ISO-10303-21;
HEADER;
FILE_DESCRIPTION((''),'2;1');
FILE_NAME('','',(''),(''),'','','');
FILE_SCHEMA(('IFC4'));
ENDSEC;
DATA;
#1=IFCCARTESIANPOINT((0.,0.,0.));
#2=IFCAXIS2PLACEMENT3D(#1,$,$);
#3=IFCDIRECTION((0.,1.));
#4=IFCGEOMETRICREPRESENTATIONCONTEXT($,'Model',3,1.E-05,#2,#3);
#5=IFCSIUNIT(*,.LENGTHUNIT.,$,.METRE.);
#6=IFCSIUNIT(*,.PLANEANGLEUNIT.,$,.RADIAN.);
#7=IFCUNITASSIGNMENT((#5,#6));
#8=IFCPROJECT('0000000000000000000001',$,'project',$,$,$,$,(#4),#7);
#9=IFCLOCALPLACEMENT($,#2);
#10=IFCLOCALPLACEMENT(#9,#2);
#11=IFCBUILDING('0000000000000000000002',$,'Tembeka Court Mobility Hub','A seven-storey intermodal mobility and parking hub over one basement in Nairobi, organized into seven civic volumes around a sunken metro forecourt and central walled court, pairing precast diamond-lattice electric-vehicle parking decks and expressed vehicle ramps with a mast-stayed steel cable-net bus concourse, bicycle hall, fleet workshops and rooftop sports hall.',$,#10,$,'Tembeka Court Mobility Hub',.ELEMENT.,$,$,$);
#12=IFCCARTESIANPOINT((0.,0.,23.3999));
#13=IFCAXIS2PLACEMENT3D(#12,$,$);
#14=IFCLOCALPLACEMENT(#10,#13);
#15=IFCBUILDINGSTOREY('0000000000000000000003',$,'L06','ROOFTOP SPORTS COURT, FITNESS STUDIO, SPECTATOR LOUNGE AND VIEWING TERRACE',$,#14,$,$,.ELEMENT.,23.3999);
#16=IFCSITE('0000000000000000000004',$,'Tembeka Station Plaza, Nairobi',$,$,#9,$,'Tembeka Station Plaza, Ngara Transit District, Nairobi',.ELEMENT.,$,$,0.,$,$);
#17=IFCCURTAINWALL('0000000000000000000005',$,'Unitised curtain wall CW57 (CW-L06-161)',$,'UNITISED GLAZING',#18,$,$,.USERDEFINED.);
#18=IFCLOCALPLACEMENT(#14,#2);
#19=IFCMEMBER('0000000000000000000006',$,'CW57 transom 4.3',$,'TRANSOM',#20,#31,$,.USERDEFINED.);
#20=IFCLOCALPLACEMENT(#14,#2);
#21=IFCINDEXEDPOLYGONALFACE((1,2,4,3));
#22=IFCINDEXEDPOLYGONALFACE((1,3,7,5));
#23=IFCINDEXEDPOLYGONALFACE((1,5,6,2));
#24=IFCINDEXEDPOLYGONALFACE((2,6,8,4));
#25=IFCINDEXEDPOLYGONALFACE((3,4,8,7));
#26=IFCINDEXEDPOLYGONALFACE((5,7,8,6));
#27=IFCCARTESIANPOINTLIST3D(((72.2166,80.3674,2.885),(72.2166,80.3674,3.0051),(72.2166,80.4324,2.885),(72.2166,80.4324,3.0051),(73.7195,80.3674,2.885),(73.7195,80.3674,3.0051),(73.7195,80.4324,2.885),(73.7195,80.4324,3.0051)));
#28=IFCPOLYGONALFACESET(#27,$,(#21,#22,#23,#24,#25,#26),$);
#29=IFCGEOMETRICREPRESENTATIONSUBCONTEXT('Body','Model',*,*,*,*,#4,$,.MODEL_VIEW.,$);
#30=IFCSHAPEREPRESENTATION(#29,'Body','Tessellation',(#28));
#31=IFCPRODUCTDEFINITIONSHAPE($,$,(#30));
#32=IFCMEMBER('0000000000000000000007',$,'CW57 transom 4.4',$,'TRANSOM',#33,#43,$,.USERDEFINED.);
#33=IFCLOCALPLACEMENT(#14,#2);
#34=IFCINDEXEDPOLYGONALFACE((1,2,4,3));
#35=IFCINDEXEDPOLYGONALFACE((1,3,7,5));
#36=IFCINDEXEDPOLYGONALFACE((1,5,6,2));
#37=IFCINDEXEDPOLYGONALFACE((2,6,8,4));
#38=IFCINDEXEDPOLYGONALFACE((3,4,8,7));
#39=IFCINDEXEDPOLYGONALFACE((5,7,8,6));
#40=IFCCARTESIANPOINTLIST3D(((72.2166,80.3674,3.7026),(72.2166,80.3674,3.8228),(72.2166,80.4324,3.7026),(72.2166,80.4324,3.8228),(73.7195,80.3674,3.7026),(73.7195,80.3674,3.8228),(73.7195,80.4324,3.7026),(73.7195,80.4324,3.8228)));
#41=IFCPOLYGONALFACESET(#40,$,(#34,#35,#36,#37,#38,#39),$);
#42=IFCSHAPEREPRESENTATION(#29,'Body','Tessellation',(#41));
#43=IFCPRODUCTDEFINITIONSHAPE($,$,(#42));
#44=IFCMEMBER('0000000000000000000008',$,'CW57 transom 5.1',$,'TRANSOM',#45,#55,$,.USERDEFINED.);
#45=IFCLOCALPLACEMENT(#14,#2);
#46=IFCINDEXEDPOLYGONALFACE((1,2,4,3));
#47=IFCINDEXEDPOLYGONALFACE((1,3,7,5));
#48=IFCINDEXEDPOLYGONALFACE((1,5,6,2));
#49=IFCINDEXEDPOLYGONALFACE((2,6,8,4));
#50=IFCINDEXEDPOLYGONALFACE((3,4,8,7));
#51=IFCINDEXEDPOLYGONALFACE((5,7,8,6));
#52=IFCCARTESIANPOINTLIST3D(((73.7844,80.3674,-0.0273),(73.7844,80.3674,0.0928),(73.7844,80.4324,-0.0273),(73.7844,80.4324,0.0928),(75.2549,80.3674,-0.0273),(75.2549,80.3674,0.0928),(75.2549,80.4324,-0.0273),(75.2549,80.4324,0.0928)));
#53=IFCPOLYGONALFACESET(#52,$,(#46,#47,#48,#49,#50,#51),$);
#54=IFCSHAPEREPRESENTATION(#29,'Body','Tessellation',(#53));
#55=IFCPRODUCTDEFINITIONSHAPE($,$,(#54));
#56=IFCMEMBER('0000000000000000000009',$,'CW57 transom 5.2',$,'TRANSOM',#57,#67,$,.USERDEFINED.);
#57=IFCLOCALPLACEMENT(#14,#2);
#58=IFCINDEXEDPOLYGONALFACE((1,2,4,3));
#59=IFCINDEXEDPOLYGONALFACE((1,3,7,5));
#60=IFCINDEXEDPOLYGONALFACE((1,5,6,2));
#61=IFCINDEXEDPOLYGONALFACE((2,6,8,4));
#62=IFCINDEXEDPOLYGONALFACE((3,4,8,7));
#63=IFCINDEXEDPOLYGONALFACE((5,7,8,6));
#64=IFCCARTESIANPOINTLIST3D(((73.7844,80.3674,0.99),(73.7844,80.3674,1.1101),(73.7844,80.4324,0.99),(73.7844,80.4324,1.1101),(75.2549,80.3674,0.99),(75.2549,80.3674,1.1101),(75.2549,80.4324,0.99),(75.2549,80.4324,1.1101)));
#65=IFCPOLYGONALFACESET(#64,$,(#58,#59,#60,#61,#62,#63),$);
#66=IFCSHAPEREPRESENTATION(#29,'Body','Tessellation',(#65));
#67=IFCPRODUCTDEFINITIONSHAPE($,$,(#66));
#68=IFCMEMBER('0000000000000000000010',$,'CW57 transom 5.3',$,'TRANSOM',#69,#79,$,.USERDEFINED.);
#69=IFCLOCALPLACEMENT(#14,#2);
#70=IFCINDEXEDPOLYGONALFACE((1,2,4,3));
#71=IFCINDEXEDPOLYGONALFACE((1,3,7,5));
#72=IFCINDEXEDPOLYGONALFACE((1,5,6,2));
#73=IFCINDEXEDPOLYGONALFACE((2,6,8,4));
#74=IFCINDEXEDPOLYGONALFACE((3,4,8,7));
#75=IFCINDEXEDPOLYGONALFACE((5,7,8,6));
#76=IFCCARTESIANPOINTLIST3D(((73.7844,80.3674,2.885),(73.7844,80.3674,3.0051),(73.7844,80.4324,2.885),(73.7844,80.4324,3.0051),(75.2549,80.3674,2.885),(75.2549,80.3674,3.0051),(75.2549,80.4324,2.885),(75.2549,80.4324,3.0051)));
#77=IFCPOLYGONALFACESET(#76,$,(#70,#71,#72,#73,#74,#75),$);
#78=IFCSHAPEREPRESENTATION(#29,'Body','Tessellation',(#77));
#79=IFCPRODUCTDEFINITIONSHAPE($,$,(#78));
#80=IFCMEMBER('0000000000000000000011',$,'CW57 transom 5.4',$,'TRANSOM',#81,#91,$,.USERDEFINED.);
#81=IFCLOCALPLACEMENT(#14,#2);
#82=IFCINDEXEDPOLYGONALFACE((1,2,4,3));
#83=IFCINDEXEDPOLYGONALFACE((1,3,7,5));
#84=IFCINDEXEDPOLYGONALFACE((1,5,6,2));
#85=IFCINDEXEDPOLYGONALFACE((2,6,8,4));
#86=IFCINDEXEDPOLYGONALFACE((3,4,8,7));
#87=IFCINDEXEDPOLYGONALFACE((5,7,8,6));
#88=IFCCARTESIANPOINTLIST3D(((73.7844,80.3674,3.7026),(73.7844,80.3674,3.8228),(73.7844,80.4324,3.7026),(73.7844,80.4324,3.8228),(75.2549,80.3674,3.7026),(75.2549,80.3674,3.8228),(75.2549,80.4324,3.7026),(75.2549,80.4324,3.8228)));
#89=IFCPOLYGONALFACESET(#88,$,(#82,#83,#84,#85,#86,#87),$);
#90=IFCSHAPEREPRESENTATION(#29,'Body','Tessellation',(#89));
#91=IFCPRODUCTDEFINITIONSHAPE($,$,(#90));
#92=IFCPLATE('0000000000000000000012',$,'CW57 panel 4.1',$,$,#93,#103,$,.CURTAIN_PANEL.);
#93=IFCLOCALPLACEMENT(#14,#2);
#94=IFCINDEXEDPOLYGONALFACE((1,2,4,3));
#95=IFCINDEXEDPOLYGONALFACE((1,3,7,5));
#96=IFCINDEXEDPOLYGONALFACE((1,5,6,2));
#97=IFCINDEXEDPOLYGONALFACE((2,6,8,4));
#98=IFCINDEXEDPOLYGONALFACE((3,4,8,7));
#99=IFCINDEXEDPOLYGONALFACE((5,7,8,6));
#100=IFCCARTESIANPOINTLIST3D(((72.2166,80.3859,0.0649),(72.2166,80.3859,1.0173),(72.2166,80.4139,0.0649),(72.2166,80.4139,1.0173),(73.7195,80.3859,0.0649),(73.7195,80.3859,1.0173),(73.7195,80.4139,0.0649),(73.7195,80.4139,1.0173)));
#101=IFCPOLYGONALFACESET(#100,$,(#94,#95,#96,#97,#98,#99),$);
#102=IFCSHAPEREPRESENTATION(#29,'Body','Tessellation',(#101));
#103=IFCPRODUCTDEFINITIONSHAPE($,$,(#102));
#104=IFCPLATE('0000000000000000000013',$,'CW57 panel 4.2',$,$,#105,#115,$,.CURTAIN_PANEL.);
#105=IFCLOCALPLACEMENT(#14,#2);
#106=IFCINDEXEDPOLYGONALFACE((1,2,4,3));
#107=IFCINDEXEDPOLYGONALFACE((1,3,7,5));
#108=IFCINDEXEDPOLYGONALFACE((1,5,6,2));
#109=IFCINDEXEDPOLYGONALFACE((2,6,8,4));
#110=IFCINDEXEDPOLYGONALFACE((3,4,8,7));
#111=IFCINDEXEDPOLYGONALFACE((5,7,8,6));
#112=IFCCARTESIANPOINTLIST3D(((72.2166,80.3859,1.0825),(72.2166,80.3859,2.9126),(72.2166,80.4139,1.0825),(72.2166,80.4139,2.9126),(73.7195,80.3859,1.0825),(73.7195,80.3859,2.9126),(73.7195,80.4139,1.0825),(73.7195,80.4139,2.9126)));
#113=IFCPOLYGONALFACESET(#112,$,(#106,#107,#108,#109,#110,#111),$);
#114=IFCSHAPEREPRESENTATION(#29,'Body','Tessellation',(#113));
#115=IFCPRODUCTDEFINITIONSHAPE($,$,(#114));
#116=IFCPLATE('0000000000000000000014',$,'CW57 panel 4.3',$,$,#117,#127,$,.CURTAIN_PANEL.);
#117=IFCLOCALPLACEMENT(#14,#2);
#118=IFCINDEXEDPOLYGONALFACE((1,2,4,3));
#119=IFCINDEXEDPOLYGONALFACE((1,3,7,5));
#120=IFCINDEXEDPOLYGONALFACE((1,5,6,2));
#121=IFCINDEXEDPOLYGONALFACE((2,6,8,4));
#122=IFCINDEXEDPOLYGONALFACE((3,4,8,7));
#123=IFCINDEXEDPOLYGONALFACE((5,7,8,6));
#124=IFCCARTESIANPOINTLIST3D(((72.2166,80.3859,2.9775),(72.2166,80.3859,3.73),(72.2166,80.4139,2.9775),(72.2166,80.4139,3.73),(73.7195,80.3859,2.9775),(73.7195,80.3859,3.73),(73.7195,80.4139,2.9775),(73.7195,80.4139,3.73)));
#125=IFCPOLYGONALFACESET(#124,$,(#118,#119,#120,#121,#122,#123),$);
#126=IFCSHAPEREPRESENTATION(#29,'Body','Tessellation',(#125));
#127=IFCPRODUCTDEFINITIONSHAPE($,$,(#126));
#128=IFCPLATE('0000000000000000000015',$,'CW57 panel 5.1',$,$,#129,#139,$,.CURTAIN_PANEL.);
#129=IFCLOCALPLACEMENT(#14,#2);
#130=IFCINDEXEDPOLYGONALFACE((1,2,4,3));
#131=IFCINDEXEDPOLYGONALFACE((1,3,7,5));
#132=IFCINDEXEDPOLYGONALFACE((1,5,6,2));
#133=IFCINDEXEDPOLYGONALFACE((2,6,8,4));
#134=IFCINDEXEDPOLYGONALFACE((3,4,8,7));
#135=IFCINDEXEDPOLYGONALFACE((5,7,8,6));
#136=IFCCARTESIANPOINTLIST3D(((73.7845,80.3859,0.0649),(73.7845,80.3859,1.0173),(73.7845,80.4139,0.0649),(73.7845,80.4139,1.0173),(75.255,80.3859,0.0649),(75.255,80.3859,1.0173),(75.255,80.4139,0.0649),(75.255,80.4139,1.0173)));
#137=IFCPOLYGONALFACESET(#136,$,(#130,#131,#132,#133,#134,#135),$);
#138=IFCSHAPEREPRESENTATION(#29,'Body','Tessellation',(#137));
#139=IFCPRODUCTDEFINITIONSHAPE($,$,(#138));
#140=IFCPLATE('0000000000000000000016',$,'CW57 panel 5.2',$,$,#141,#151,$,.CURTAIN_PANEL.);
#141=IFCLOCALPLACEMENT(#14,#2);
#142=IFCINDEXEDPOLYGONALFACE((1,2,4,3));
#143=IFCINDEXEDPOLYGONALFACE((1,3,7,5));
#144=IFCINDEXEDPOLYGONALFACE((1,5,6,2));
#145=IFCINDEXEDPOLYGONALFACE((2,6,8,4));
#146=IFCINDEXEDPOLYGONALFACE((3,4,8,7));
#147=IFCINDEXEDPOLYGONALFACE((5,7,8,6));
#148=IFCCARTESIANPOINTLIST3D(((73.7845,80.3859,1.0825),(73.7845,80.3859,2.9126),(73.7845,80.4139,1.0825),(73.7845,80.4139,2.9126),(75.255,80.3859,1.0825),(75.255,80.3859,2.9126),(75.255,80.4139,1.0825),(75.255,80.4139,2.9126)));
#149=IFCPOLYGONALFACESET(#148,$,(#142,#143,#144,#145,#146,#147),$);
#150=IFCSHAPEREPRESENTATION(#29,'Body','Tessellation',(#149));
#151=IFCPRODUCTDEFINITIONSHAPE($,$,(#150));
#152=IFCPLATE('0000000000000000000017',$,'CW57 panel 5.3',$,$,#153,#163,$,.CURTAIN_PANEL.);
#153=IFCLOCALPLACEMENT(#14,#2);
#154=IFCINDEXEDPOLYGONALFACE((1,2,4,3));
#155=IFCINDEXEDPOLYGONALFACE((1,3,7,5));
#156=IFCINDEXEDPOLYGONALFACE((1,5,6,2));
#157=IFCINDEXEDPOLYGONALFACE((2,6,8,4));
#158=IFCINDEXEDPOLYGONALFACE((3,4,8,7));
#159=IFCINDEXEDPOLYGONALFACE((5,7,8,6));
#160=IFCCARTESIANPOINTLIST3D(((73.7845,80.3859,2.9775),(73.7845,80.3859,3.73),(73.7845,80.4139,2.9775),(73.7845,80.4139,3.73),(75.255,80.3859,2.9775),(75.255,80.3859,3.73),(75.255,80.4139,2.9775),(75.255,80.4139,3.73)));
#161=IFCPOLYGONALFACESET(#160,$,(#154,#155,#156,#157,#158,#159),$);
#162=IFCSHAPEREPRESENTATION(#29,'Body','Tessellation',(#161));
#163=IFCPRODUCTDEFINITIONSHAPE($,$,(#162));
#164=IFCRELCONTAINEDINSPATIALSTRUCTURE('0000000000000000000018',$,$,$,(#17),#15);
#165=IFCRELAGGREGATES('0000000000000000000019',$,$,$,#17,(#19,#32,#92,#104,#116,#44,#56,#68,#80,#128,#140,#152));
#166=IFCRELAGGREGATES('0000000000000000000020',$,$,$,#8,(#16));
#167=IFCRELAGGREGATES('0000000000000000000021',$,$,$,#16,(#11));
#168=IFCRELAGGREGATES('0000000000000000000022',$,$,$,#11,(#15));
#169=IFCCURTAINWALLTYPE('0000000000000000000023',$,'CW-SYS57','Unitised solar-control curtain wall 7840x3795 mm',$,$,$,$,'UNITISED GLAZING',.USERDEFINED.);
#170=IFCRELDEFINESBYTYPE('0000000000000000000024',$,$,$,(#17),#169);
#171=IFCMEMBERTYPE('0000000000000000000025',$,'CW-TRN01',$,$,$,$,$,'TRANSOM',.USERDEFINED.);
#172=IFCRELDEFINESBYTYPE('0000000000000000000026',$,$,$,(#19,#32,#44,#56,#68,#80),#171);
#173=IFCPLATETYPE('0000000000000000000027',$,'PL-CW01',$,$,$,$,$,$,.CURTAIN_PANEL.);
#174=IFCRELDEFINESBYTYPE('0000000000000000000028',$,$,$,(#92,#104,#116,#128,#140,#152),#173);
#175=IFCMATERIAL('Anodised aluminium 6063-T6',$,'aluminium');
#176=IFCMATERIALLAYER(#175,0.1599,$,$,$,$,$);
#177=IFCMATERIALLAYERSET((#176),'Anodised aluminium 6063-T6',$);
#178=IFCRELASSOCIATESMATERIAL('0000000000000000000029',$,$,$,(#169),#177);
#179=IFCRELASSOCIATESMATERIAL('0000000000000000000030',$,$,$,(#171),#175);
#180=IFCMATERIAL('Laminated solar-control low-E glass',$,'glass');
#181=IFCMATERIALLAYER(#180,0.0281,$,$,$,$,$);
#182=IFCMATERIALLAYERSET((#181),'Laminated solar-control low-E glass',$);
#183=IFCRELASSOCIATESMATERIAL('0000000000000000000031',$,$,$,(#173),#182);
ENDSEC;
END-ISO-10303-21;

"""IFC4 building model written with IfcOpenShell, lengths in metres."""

from ifc_helpers import new_model, si_unit, direction, frame, origin, origin_2d, place, context, subcontext, project, spatial, rectangle, extrude, material, layer, layer_set, material_profile, profile_set, type_object, element, aggregate, save


model = new_model("IFC4")

# Units and contexts
model_context = context("Model", 3, precision=1e-05, world=origin(), true_north=direction((0.0, 1.0)))
body_context = subcontext(model_context, "Body", "Model", "MODEL_VIEW")
ifc_project = project(units=[si_unit("LENGTHUNIT", "METRE"), si_unit("PLANEANGLEUNIT", "RADIAN")], contexts=[model_context])

# Site, building, storey
site_placement = place(None, origin())
site = spatial("IfcSite", under=ifc_project, at=site_placement, Name="Tembeka Station Plaza, Nairobi", LongName="Tembeka Station Plaza, Ngara Transit District, Nairobi", CompositionType="ELEMENT", RefElevation=0.0)
building_placement = place(site_placement, origin())
building = spatial("IfcBuilding", under=site, at=building_placement, Name="Tembeka Court Mobility Hub", Description="A seven-storey intermodal mobility and parking hub over one basement in Nairobi, organized into seven civic volumes around a sunken metro forecourt and central walled court, pairing precast diamond-lattice electric-vehicle parking decks and expressed vehicle ramps with a mast-stayed steel cable-net bus concourse, bicycle hall, fleet workshops and rooftop sports hall.", LongName="Tembeka Court Mobility Hub", CompositionType="ELEMENT")
storey_placement = place(building_placement, frame((0.0, 0.0, 23.3999)))
storey = spatial("IfcBuildingStorey", under=building, at=storey_placement, Name="L06", Description="ROOFTOP SPORTS COURT, FITNESS STUDIO, SPECTATOR LOUNGE AND VIEWING TERRACE", CompositionType="ELEMENT", Elevation=23.3999)

# Curtain wall, members, plates
ifc_material_1 = material(Name="Anodised aluminium 6063-T6", Category="aluminium")
ifc_layer_1 = layer(ifc_material_1, 0.1599)
ifc_layer_set_1 = layer_set([ifc_layer_1], Name="Anodised aluminium 6063-T6")
curtain_wall_type = type_object("IfcCurtainWallType", Name="CW-SYS57", Description="Unitised solar-control curtain wall 7840x3795 mm", ElementType="UNITISED GLAZING", PredefinedType="USERDEFINED", material=ifc_layer_set_1)
curtain_wall_placement = place(storey_placement, origin())
curtain_wall = element("IfcCurtainWall", 1, at=curtain_wall_placement, inside=storey, type_object=curtain_wall_type, Name="Unitised curtain wall CW57 (CW-L06-161)", ObjectType="UNITISED GLAZING", PredefinedType="USERDEFINED")
ifc_material_profile_1 = material_profile(ifc_material_1, rectangle(XDim=0.0649, YDim=0.1201, at=origin_2d()), Name="ALU-TRN 65x120")
ifc_profile_set_1 = profile_set([ifc_material_profile_1], Name="Anodised aluminium 6063-T6")
member_type_1 = type_object("IfcMemberType", Name="CW-TRN01", ElementType="TRANSOM", PredefinedType="USERDEFINED", material=ifc_profile_set_1)
member_1_placement = place(storey_placement, frame((72.2166, 80.3999, 2.9451), z_axis=(1.0, 0.0, 0.0), x_axis=(0.0, 1.0, 0.0)))
member_1 = element("IfcMember", 2, at=member_1_placement, type_object=member_type_1, Name="CW57 transom 4.3", ObjectType="TRANSOM", PredefinedType="USERDEFINED", context=body_context, shape_type="SweptSolid", body=[
    extrude(rectangle(XDim=0.0649, YDim=0.1201, at=origin_2d()), origin(), (0.0, 0.0, 1.0), 1.5029),
])
member_2_placement = place(storey_placement, frame((72.2166, 80.3999, 3.7627), z_axis=(1.0, 0.0, 0.0), x_axis=(0.0, 1.0, 0.0)))
member_2 = element("IfcMember", 3, at=member_2_placement, type_object=member_type_1, Name="CW57 transom 4.4", ObjectType="TRANSOM", PredefinedType="USERDEFINED", context=body_context, shape_type="SweptSolid", body=[
    extrude(rectangle(XDim=0.0649, YDim=0.1201, at=origin_2d()), origin(), (0.0, 0.0, 1.0), 1.5029),
])
member_3_placement = place(storey_placement, frame((73.7844, 80.3999, 0.0327), z_axis=(1.0, 0.0, 0.0), x_axis=(0.0, 1.0, 0.0)))
member_3 = element("IfcMember", 4, at=member_3_placement, type_object=member_type_1, Name="CW57 transom 5.1", ObjectType="TRANSOM", PredefinedType="USERDEFINED", context=body_context, shape_type="SweptSolid", body=[
    extrude(rectangle(XDim=0.0649, YDim=0.1201, at=origin_2d()), origin(), (0.0, 0.0, 1.0), 1.4705),
])
member_4_placement = place(storey_placement, frame((73.7844, 80.3999, 1.05), z_axis=(1.0, 0.0, 0.0), x_axis=(0.0, 1.0, 0.0)))
member_4 = element("IfcMember", 5, at=member_4_placement, type_object=member_type_1, Name="CW57 transom 5.2", ObjectType="TRANSOM", PredefinedType="USERDEFINED", context=body_context, shape_type="SweptSolid", body=[
    extrude(rectangle(XDim=0.0649, YDim=0.1201, at=origin_2d()), origin(), (0.0, 0.0, 1.0), 1.4705),
])
member_5_placement = place(storey_placement, frame((73.7844, 80.3999, 2.9451), z_axis=(1.0, 0.0, 0.0), x_axis=(0.0, 1.0, 0.0)))
member_5 = element("IfcMember", 6, at=member_5_placement, type_object=member_type_1, Name="CW57 transom 5.3", ObjectType="TRANSOM", PredefinedType="USERDEFINED", context=body_context, shape_type="SweptSolid", body=[
    extrude(rectangle(XDim=0.0649, YDim=0.1201, at=origin_2d()), origin(), (0.0, 0.0, 1.0), 1.4705),
])
member_6_placement = place(storey_placement, frame((73.7844, 80.3999, 3.7627), z_axis=(1.0, 0.0, 0.0), x_axis=(0.0, 1.0, 0.0)))
member_6 = element("IfcMember", 7, at=member_6_placement, type_object=member_type_1, Name="CW57 transom 5.4", ObjectType="TRANSOM", PredefinedType="USERDEFINED", context=body_context, shape_type="SweptSolid", body=[
    extrude(rectangle(XDim=0.0649, YDim=0.1201, at=origin_2d()), origin(), (0.0, 0.0, 1.0), 1.4705),
])
ifc_material_2 = material(Name="Laminated solar-control low-E glass", Category="glass")
ifc_layer_2 = layer(ifc_material_2, 0.0281)
ifc_layer_set_2 = layer_set([ifc_layer_2], Name="Laminated solar-control low-E glass")
plate_type = type_object("IfcPlateType", Name="PL-CW01", PredefinedType="CURTAIN_PANEL", material=ifc_layer_set_2)
plate_1_placement = place(storey_placement, frame((72.968, 80.3999, 0.0649), z_axis=(0.0, 0.0, 1.0), x_axis=(1.0, 0.0, 0.0)))
plate_1 = element("IfcPlate", 8, at=plate_1_placement, type_object=plate_type, Name="CW57 panel 4.1", PredefinedType="CURTAIN_PANEL", context=body_context, shape_type="SweptSolid", body=[
    extrude(rectangle(XDim=1.5029, YDim=0.0281, at=origin_2d()), origin(), (0.0, 0.0, 1.0), 0.9524),
])
plate_2_placement = place(storey_placement, frame((72.968, 80.3999, 1.0825), z_axis=(0.0, 0.0, 1.0), x_axis=(1.0, 0.0, 0.0)))
plate_2 = element("IfcPlate", 9, at=plate_2_placement, type_object=plate_type, Name="CW57 panel 4.2", PredefinedType="CURTAIN_PANEL", context=body_context, shape_type="SweptSolid", body=[
    extrude(rectangle(XDim=1.5029, YDim=0.0281, at=origin_2d()), origin(), (0.0, 0.0, 1.0), 1.8301),
])
plate_3_placement = place(storey_placement, frame((72.968, 80.3999, 2.9775), z_axis=(0.0, 0.0, 1.0), x_axis=(1.0, 0.0, 0.0)))
plate_3 = element("IfcPlate", 10, at=plate_3_placement, type_object=plate_type, Name="CW57 panel 4.3", PredefinedType="CURTAIN_PANEL", context=body_context, shape_type="SweptSolid", body=[
    extrude(rectangle(XDim=1.5029, YDim=0.0281, at=origin_2d()), origin(), (0.0, 0.0, 1.0), 0.7524),
])
plate_4_placement = place(storey_placement, frame((74.5198, 80.3999, 0.0649), z_axis=(0.0, 0.0, 1.0), x_axis=(1.0, 0.0, 0.0)))
plate_4 = element("IfcPlate", 11, at=plate_4_placement, type_object=plate_type, Name="CW57 panel 5.1", PredefinedType="CURTAIN_PANEL", context=body_context, shape_type="SweptSolid", body=[
    extrude(rectangle(XDim=1.4705, YDim=0.0281, at=origin_2d()), origin(), (0.0, 0.0, 1.0), 0.9524),
])
plate_5_placement = place(storey_placement, frame((74.5198, 80.3999, 1.0825), z_axis=(0.0, 0.0, 1.0), x_axis=(1.0, 0.0, 0.0)))
plate_5 = element("IfcPlate", 12, at=plate_5_placement, type_object=plate_type, Name="CW57 panel 5.2", PredefinedType="CURTAIN_PANEL", context=body_context, shape_type="SweptSolid", body=[
    extrude(rectangle(XDim=1.4705, YDim=0.0281, at=origin_2d()), origin(), (0.0, 0.0, 1.0), 1.8301),
])
plate_6_placement = place(storey_placement, frame((74.5198, 80.3999, 2.9775), z_axis=(0.0, 0.0, 1.0), x_axis=(1.0, 0.0, 0.0)))
plate_6 = element("IfcPlate", 13, at=plate_6_placement, type_object=plate_type, Name="CW57 panel 5.3", PredefinedType="CURTAIN_PANEL", context=body_context, shape_type="SweptSolid", body=[
    extrude(rectangle(XDim=1.4705, YDim=0.0281, at=origin_2d()), origin(), (0.0, 0.0, 1.0), 0.7524),
])
aggregate(curtain_wall, [member_1, member_2, plate_1, plate_2, plate_3, member_3, member_4, member_5, member_6, plate_4, plate_5, plate_6])

save(model, "model.ifc")
